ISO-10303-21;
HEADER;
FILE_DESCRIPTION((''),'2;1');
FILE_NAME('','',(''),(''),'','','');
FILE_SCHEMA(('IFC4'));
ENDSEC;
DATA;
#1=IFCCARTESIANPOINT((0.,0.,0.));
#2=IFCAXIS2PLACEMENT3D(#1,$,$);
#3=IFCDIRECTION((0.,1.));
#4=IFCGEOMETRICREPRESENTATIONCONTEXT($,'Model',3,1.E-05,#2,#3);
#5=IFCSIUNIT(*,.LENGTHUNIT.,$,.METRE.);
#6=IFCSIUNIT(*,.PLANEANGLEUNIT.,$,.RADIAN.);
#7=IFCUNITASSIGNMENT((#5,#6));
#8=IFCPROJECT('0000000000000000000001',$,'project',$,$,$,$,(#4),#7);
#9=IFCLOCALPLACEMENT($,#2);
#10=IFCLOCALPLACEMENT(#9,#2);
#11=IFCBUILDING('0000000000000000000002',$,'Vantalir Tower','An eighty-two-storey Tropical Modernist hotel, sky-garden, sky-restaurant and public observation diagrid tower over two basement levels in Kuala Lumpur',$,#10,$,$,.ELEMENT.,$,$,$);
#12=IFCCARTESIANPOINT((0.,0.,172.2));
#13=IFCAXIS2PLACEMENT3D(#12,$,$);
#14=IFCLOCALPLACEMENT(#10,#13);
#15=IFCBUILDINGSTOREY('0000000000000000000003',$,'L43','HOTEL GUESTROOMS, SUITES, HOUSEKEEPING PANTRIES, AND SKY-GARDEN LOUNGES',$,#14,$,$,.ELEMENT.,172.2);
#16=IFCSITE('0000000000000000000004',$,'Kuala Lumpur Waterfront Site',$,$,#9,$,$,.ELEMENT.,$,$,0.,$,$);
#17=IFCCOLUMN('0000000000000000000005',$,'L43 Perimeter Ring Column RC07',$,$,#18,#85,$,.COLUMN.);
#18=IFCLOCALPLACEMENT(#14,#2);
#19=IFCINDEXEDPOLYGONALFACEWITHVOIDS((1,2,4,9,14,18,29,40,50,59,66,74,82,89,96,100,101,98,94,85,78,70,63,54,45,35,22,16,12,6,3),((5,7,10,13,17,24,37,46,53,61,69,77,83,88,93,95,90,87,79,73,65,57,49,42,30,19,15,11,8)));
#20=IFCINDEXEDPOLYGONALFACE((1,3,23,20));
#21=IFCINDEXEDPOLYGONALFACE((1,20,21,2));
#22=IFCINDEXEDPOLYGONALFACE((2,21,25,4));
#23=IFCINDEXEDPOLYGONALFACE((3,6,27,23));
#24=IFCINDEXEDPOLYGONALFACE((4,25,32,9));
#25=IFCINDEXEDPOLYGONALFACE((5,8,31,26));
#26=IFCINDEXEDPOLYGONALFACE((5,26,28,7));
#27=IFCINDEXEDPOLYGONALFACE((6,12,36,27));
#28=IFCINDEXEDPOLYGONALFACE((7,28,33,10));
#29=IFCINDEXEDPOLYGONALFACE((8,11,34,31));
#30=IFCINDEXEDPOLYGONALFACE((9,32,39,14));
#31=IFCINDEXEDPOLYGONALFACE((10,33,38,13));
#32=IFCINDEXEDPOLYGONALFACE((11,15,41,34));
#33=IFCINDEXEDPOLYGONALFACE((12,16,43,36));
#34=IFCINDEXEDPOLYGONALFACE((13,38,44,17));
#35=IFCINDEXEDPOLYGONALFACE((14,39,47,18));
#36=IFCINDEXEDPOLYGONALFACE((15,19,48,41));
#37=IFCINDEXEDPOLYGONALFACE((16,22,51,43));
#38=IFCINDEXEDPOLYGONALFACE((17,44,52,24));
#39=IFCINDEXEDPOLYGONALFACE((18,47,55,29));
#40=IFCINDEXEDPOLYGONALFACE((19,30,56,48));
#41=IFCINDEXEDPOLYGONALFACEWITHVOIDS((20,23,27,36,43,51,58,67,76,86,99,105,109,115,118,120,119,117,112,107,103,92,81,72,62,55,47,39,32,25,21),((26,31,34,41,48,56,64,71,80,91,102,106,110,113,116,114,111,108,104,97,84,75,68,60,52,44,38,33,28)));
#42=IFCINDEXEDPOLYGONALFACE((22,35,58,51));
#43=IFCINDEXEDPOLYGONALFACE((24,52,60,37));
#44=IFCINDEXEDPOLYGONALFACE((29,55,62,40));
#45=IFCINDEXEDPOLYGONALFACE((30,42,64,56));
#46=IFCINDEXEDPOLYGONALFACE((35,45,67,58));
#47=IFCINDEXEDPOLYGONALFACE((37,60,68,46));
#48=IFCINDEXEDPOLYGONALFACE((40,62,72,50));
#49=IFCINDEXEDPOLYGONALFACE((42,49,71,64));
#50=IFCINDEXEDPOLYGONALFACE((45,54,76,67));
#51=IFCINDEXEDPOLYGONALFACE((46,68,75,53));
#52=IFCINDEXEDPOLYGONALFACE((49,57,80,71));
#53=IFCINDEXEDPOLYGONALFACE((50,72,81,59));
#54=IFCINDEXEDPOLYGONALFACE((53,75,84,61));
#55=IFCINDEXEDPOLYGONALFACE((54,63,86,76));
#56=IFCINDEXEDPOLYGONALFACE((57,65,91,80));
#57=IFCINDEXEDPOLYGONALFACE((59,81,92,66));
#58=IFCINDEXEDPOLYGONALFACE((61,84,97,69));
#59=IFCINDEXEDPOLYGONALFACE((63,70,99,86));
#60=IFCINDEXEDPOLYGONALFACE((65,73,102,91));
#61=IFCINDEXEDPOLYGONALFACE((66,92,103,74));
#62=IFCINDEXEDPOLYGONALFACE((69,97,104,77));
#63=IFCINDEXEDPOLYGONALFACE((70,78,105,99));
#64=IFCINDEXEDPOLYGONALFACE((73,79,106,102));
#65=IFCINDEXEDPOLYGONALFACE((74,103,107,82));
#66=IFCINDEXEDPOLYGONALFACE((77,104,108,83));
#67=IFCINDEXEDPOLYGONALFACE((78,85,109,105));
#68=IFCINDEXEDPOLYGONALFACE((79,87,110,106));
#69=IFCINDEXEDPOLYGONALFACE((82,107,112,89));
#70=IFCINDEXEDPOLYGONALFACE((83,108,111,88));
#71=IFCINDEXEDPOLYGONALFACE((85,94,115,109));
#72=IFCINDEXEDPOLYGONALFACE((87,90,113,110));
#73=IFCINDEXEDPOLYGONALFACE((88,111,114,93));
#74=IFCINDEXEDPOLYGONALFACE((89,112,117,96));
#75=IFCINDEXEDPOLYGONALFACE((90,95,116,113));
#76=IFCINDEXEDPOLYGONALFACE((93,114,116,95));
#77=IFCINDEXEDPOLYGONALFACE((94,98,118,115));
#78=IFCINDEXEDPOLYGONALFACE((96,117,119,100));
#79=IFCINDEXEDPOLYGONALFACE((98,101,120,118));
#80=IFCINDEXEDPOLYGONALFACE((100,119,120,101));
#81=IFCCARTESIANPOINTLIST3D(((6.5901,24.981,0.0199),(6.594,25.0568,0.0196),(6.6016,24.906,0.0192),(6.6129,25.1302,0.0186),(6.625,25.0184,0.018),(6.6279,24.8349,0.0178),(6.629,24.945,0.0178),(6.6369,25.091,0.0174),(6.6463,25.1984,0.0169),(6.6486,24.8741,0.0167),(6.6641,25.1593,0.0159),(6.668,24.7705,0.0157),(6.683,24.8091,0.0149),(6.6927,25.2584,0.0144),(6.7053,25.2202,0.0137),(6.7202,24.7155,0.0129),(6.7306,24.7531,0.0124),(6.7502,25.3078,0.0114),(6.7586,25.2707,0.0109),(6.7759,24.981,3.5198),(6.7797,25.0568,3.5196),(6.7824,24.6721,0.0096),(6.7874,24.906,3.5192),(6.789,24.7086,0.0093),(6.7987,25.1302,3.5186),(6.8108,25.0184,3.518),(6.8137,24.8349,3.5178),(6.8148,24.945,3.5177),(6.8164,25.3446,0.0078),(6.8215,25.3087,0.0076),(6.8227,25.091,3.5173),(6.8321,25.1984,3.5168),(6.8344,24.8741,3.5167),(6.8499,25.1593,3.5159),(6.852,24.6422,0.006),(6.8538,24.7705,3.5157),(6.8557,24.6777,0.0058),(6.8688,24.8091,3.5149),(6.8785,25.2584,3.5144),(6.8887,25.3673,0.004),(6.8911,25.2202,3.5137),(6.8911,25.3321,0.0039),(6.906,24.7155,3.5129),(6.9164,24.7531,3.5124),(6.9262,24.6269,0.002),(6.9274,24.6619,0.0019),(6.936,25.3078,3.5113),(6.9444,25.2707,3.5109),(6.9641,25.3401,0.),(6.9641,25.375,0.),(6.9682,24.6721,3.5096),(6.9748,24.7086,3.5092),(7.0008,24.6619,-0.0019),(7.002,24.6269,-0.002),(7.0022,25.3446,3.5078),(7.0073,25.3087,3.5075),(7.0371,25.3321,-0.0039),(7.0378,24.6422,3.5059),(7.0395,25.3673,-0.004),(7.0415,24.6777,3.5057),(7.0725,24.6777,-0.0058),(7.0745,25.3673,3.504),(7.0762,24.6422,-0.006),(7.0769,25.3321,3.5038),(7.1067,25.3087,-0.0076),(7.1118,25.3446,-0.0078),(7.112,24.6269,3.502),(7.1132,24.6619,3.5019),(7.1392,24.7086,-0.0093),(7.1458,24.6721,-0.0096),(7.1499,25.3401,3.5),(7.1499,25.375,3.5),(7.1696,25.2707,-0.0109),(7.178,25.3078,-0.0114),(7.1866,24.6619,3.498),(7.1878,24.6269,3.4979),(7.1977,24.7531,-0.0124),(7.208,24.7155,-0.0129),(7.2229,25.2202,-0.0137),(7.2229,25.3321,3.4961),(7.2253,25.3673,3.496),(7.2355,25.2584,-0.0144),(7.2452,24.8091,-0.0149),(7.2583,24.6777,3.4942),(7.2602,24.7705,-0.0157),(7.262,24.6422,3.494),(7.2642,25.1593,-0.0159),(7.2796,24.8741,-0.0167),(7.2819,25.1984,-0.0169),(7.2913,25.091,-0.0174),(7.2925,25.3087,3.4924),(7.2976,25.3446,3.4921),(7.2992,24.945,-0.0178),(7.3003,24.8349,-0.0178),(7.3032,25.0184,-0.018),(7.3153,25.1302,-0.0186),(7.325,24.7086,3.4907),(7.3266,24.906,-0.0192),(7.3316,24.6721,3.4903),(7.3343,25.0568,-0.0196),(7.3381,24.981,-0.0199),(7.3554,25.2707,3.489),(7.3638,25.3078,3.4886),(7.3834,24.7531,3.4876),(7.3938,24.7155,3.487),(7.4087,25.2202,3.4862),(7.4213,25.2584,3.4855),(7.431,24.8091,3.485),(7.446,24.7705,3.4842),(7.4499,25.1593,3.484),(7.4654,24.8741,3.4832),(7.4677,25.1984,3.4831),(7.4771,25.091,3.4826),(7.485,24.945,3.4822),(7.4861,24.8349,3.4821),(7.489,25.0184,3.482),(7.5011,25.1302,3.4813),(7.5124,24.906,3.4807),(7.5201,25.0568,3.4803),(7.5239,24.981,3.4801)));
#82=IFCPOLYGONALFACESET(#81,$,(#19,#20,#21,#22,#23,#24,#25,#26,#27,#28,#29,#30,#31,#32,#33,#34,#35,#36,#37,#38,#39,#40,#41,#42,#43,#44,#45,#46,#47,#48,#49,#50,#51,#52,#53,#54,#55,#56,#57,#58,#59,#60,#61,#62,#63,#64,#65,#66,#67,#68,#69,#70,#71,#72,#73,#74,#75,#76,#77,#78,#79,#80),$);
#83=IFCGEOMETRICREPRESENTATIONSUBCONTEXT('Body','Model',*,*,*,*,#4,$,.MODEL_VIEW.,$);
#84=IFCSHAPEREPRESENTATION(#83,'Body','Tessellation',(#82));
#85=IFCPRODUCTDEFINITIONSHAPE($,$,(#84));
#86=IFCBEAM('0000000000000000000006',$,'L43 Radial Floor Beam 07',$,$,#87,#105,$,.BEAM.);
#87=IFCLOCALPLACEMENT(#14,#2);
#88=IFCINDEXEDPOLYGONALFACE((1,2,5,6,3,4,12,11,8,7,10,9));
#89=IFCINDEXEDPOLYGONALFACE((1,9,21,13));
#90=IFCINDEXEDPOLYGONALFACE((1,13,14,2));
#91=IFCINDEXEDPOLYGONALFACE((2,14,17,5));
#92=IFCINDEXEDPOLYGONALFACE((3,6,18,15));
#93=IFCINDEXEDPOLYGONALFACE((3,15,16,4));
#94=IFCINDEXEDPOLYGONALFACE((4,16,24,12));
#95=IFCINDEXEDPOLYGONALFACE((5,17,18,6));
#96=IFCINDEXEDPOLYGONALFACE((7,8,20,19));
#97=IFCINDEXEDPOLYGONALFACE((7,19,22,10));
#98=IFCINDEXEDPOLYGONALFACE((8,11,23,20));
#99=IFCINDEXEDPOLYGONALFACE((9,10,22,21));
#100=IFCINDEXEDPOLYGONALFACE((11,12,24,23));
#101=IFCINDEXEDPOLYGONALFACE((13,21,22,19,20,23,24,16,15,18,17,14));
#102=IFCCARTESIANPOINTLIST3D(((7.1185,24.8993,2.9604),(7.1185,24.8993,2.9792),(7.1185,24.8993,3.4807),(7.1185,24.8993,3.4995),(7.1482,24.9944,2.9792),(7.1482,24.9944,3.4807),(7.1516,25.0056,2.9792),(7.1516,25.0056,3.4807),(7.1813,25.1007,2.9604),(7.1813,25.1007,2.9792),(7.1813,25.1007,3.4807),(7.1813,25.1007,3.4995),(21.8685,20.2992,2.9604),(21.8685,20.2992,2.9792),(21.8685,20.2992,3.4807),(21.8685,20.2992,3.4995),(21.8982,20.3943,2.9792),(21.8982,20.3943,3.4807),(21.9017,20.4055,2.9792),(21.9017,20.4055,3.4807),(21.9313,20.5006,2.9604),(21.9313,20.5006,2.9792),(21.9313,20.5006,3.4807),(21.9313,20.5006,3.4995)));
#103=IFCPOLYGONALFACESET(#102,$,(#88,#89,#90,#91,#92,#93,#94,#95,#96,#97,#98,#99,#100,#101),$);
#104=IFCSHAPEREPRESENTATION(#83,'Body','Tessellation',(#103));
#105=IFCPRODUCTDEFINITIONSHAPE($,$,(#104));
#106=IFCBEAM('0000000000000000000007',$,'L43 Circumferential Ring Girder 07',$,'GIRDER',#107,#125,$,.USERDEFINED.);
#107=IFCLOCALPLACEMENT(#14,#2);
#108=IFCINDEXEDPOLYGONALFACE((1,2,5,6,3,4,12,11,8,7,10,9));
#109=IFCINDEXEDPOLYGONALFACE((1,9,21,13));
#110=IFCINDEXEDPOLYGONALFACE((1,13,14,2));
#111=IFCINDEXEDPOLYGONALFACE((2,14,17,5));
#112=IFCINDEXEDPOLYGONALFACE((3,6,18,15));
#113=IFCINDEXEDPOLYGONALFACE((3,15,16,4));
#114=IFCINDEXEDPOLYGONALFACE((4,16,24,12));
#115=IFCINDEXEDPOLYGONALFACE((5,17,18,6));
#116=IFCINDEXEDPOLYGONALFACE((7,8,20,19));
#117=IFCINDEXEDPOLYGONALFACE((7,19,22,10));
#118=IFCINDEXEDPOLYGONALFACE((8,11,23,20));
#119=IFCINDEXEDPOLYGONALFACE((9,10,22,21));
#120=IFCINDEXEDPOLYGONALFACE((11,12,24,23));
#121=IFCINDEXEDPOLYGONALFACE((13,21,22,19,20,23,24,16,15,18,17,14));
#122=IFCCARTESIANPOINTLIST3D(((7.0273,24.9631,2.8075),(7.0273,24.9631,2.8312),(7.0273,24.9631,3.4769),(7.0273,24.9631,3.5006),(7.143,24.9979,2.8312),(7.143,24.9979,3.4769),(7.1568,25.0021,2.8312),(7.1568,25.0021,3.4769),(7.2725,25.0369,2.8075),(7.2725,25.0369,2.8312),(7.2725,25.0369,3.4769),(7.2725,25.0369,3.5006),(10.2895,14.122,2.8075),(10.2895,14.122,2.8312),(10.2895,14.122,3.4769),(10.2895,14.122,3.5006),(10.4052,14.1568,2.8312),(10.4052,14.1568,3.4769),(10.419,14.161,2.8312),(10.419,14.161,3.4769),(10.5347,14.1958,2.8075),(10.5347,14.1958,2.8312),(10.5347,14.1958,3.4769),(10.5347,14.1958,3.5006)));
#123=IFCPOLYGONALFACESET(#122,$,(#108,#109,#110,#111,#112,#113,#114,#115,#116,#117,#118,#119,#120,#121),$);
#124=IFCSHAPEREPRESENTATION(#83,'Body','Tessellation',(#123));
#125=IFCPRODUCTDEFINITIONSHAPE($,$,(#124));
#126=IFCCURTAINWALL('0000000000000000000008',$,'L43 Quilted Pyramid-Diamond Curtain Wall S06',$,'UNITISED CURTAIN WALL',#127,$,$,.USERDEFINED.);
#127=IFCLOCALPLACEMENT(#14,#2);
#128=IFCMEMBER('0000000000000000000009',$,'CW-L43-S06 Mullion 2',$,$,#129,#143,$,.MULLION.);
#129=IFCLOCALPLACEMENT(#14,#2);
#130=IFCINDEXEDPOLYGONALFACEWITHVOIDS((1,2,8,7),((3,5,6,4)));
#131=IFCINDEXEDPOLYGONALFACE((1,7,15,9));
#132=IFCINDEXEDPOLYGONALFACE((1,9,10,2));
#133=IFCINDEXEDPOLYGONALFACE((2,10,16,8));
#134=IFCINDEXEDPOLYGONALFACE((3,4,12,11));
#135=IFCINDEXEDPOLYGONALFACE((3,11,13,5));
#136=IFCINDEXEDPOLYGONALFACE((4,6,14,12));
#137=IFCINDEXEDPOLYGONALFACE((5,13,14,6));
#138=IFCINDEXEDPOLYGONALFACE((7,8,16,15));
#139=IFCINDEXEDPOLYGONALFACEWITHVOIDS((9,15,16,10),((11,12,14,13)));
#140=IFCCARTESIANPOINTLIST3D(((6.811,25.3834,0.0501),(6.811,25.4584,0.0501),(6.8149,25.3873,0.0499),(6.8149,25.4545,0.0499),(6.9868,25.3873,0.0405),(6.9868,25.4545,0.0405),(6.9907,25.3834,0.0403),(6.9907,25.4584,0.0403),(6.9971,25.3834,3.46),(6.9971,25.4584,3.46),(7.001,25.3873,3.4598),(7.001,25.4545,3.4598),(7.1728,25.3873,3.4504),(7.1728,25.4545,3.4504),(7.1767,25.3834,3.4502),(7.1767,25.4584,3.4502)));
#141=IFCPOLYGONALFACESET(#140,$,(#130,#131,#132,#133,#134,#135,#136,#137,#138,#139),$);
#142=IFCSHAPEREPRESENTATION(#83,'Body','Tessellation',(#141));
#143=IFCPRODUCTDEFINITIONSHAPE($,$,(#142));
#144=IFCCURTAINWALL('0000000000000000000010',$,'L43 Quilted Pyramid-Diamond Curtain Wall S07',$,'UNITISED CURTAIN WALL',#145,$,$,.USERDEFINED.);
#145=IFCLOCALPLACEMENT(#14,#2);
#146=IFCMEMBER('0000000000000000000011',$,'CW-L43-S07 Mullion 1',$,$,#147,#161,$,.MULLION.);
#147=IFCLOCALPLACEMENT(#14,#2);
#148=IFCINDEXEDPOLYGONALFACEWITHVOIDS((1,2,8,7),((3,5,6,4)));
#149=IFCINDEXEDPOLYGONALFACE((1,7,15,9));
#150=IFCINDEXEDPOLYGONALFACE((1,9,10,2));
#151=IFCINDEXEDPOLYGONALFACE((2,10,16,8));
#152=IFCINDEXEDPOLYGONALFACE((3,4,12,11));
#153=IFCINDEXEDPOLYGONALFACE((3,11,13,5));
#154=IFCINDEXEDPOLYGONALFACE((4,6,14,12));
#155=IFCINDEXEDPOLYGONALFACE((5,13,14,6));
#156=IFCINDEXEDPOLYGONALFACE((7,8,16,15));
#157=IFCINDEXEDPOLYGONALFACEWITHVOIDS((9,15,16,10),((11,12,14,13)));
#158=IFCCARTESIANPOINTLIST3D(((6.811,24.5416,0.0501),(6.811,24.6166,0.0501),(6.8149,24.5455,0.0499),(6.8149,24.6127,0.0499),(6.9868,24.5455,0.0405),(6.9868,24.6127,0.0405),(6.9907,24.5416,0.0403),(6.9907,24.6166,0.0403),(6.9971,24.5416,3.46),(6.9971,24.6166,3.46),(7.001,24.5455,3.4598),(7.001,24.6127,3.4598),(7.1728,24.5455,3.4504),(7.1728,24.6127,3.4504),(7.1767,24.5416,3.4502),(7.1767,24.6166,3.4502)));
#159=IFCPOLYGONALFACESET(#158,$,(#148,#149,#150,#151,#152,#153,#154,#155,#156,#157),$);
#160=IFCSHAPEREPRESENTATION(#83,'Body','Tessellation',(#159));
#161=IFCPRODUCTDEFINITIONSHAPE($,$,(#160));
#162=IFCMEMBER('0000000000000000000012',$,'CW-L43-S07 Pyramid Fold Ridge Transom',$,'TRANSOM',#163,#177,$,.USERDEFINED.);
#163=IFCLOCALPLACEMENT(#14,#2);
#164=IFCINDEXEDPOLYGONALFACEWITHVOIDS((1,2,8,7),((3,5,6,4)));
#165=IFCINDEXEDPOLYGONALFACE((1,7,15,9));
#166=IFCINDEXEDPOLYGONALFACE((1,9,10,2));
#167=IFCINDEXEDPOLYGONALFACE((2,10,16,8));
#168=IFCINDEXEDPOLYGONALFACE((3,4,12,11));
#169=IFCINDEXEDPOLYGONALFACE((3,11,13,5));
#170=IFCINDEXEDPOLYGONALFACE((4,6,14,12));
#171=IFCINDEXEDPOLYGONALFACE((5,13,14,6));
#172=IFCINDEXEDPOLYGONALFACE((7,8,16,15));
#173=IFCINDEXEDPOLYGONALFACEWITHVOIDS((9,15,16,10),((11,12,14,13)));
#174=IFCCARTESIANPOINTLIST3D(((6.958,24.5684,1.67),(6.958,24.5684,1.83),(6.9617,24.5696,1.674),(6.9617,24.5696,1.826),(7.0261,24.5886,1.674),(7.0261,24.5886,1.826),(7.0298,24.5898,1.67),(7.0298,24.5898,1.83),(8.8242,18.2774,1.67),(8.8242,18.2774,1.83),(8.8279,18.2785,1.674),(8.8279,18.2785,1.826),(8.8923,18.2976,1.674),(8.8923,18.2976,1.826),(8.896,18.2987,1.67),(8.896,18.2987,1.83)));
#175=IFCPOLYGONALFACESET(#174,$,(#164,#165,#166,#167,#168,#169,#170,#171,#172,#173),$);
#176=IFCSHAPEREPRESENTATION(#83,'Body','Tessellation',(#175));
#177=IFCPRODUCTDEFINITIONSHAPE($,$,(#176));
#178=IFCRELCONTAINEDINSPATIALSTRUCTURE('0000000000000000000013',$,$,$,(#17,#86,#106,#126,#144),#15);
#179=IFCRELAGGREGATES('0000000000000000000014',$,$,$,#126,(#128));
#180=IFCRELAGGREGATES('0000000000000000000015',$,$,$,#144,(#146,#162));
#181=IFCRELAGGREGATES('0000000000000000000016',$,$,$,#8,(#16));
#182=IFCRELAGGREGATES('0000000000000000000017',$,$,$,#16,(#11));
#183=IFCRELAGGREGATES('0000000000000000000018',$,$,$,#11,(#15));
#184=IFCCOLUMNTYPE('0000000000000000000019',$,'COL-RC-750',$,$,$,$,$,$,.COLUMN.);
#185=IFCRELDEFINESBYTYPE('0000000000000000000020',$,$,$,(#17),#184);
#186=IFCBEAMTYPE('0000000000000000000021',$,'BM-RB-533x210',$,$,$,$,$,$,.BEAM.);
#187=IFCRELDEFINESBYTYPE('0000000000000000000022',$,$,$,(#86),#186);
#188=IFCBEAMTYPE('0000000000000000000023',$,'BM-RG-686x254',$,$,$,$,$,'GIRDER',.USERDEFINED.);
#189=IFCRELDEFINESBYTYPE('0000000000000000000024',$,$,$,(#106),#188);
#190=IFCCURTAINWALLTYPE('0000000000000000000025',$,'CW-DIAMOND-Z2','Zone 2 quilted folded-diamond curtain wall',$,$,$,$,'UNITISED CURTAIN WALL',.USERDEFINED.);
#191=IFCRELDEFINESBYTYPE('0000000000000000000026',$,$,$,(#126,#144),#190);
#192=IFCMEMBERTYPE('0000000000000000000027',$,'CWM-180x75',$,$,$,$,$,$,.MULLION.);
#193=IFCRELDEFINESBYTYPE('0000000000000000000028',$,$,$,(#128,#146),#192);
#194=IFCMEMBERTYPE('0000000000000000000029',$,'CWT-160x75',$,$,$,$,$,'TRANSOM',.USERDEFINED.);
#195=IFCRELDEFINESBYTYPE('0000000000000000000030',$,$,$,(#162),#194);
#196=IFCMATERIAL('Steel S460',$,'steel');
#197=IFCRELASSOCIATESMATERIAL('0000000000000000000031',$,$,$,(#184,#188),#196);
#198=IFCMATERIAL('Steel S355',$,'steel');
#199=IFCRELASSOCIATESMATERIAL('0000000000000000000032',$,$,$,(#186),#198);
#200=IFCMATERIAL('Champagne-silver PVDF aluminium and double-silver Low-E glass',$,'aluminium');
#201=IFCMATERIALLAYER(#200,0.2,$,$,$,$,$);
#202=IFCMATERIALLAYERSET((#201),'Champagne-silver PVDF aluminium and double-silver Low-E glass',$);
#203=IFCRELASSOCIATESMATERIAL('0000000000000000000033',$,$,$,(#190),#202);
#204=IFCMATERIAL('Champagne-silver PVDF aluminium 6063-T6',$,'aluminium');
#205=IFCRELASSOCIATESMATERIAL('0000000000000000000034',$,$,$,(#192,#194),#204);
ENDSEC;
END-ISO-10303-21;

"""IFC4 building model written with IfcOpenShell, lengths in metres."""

from ifc_helpers import new_model, si_unit, direction, frame, origin, origin_2d, place, context, subcontext, project, spatial, hollow_rectangle, hollow_circle, i_section, extrude, material, layer, layer_set, material_profile, profile_set, type_object, element, aggregate, save


model = new_model("IFC4")

# Units and contexts
model_context = context("Model", 3, precision=1e-05, world=origin(), true_north=direction((0.0, 1.0)))
body_context = subcontext(model_context, "Body", "Model", "MODEL_VIEW")
ifc_project = project(units=[si_unit("LENGTHUNIT", "METRE"), si_unit("PLANEANGLEUNIT", "RADIAN")], contexts=[model_context])

# Site, building, storey
site_placement = place(None, origin())
site = spatial("IfcSite", under=ifc_project, at=site_placement, Name="Kuala Lumpur Waterfront Site", CompositionType="ELEMENT", RefElevation=0.0)
building_placement = place(site_placement, origin())
building = spatial("IfcBuilding", under=site, at=building_placement, Name="Vantalir Tower", Description="An eighty-two-storey Tropical Modernist hotel, sky-garden, sky-restaurant and public observation diagrid tower over two basement levels in Kuala Lumpur", CompositionType="ELEMENT")
storey_placement = place(building_placement, frame((0.0, 0.0, 172.2)))
storey = spatial("IfcBuildingStorey", under=building, at=storey_placement, Name="L43", Description="HOTEL GUESTROOMS, SUITES, HOUSEKEEPING PANTRIES, AND SKY-GARDEN LOUNGES", CompositionType="ELEMENT", Elevation=172.2)

# Column
ifc_material_1 = material(Name="Steel S460", Category="steel")
ifc_material_profile_1 = material_profile(ifc_material_1, hollow_circle(Radius=0.375, WallThickness=0.0349, at=origin_2d()), Name="Steel S460")
ifc_profile_set_1 = profile_set([ifc_material_profile_1], Name="Steel S460")
column_type = type_object("IfcColumnType", Name="COL-RC-750", PredefinedType="COLUMN", material=ifc_profile_set_1)
column_placement = place(storey_placement, frame((6.9641, 25.0, 0.0), z_axis=(0.053009, 0.0, 0.998594), x_axis=(0.0, 1.0, 0.0)))
element("IfcColumn", 1, at=column_placement, inside=storey, type_object=column_type, Name="L43 Perimeter Ring Column RC07", PredefinedType="COLUMN", context=body_context, shape_type="SweptSolid", body=[
    extrude(hollow_circle(Radius=0.375, WallThickness=0.0349, at=origin_2d()), origin(), (0.0, 0.0, 1.0), 3.5049),
])

# Beams
ifc_material_2 = material(Name="Steel S355", Category="steel")
ifc_material_profile_2 = material_profile(ifc_material_2, i_section(OverallWidth=0.2109, OverallDepth=0.5391, WebThickness=0.0117, FlangeThickness=0.0188, at=origin_2d()), Name="Steel S355")
ifc_profile_set_2 = profile_set([ifc_material_profile_2], Name="Steel S355")
beam_type_1 = type_object("IfcBeamType", Name="BM-RB-533x210", PredefinedType="BEAM", material=ifc_profile_set_2)
beam_1_placement = place(storey_placement, frame((7.1499, 25.0, 3.23), z_axis=(0.954651, -0.297728, 0.0), x_axis=(0.297728, 0.954651, 0.0)))
element("IfcBeam", 2, at=beam_1_placement, inside=storey, type_object=beam_type_1, Name="L43 Radial Floor Beam 07", PredefinedType="BEAM", context=body_context, shape_type="SweptSolid", body=[
    extrude(i_section(OverallWidth=0.2109, OverallDepth=0.5391, WebThickness=0.0117, FlangeThickness=0.0188, at=origin_2d()), origin(), (0.0, 0.0, 1.0), 15.4507),
])
ifc_material_profile_3 = material_profile(ifc_material_1, i_section(OverallWidth=0.2561, OverallDepth=0.6931, WebThickness=0.0144, FlangeThickness=0.0237, at=origin_2d()), Name="Steel S460")
ifc_profile_set_3 = profile_set([ifc_material_profile_3], Name="Steel S460")
beam_type_2 = type_object("IfcBeamType", Name="BM-RG-686x254", ElementType="GIRDER", PredefinedType="USERDEFINED", material=ifc_profile_set_3)
beam_2_placement = place(storey_placement, frame((7.1499, 25.0, 3.1541), z_axis=(0.288149, -0.957586, 0.0), x_axis=(0.957586, 0.288149, 0.0)))
element("IfcBeam", 3, at=beam_2_placement, inside=storey, type_object=beam_type_2, Name="L43 Circumferential Ring Girder 07", ObjectType="GIRDER", PredefinedType="USERDEFINED", context=body_context, shape_type="SweptSolid", body=[
    extrude(i_section(OverallWidth=0.2561, OverallDepth=0.6931, WebThickness=0.0144, FlangeThickness=0.0237, at=origin_2d()), origin(), (0.0, 0.0, 1.0), 11.3213),
])

# Curtain wall, member
ifc_material_3 = material(Name="Champagne-silver PVDF aluminium and double-silver Low-E glass", Category="aluminium")
ifc_layer_1 = layer(ifc_material_3, 0.2)
ifc_layer_set_1 = layer_set([ifc_layer_1], Name="Champagne-silver PVDF aluminium and double-silver Low-E glass")
curtain_wall_type = type_object("IfcCurtainWallType", Name="CW-DIAMOND-Z2", Description="Zone 2 quilted folded-diamond curtain wall", ElementType="UNITISED CURTAIN WALL", PredefinedType="USERDEFINED", material=ifc_layer_set_1)
curtain_wall_1_placement = place(storey_placement, origin())
curtain_wall_1 = element("IfcCurtainWall", 4, at=curtain_wall_1_placement, inside=storey, type_object=curtain_wall_type, Name="L43 Quilted Pyramid-Diamond Curtain Wall S06", ObjectType="UNITISED CURTAIN WALL", PredefinedType="USERDEFINED")
ifc_material_4 = material(Name="Champagne-silver PVDF aluminium 6063-T6", Category="aluminium")
ifc_material_profile_4 = material_profile(ifc_material_4, hollow_rectangle(XDim=0.075, YDim=0.1799, WallThickness=0.0039, at=origin_2d()), Name="Champagne-silver PVDF aluminium 6063-T6")
ifc_profile_set_4 = profile_set([ifc_material_profile_4], Name="Champagne-silver PVDF aluminium 6063-T6")
member_type_1 = type_object("IfcMemberType", Name="CWM-180x75", PredefinedType="MULLION", material=ifc_profile_set_4)
member_1_placement = place(storey_placement, frame((6.9009, 25.4209, 0.0452), z_axis=(0.054476, 0.0, 0.998515), x_axis=(0.0, 1.0, 0.0)))
member_1 = element("IfcMember", 5, at=member_1_placement, type_object=member_type_1, Name="CW-L43-S06 Mullion 2", PredefinedType="MULLION", context=body_context, shape_type="SweptSolid", body=[
    extrude(hollow_rectangle(XDim=0.075, YDim=0.1799, WallThickness=0.0039, at=origin_2d()), origin(), (0.0, 0.0, 1.0), 3.415),
])

# Curtain wall, members
curtain_wall_2_placement = place(storey_placement, origin())
curtain_wall_2 = element("IfcCurtainWall", 6, at=curtain_wall_2_placement, inside=storey, type_object=curtain_wall_type, Name="L43 Quilted Pyramid-Diamond Curtain Wall S07", ObjectType="UNITISED CURTAIN WALL", PredefinedType="USERDEFINED")
member_2_placement = place(storey_placement, frame((6.9009, 24.5791, 0.0452), z_axis=(0.054476, 0.0, 0.998515), x_axis=(0.0, 1.0, 0.0)))
member_2 = element("IfcMember", 7, at=member_2_placement, type_object=member_type_1, Name="CW-L43-S07 Mullion 1", PredefinedType="MULLION", context=body_context, shape_type="SweptSolid", body=[
    extrude(hollow_rectangle(XDim=0.075, YDim=0.1799, WallThickness=0.0039, at=origin_2d()), origin(), (0.0, 0.0, 1.0), 3.415),
])
ifc_material_profile_5 = material_profile(ifc_material_4, hollow_rectangle(XDim=0.075, YDim=0.1599, WallThickness=0.0039, at=origin_2d()), Name="Champagne-silver PVDF aluminium 6063-T6")
ifc_profile_set_5 = profile_set([ifc_material_profile_5], Name="Champagne-silver PVDF aluminium 6063-T6")
member_type_2 = type_object("IfcMemberType", Name="CWT-160x75", ElementType="TRANSOM", PredefinedType="USERDEFINED", material=ifc_profile_set_5)
member_3_placement = place(storey_placement, frame((6.9939, 24.5791, 1.75), z_axis=(0.284397, -0.958706, 0.0), x_axis=(0.958706, 0.284397, 0.0)))
member_3 = element("IfcMember", 8, at=member_3_placement, type_object=member_type_2, Name="CW-L43-S07 Pyramid Fold Ridge Transom", ObjectType="TRANSOM", PredefinedType="USERDEFINED", context=body_context, shape_type="SweptSolid", body=[
    extrude(hollow_rectangle(XDim=0.075, YDim=0.1599, WallThickness=0.0039, at=origin_2d()), origin(), (0.0, 0.0, 1.0), 6.562),
])

aggregate(curtain_wall_1, [member_1])
aggregate(curtain_wall_2, [member_2, member_3])

save(model, "model.ifc")
